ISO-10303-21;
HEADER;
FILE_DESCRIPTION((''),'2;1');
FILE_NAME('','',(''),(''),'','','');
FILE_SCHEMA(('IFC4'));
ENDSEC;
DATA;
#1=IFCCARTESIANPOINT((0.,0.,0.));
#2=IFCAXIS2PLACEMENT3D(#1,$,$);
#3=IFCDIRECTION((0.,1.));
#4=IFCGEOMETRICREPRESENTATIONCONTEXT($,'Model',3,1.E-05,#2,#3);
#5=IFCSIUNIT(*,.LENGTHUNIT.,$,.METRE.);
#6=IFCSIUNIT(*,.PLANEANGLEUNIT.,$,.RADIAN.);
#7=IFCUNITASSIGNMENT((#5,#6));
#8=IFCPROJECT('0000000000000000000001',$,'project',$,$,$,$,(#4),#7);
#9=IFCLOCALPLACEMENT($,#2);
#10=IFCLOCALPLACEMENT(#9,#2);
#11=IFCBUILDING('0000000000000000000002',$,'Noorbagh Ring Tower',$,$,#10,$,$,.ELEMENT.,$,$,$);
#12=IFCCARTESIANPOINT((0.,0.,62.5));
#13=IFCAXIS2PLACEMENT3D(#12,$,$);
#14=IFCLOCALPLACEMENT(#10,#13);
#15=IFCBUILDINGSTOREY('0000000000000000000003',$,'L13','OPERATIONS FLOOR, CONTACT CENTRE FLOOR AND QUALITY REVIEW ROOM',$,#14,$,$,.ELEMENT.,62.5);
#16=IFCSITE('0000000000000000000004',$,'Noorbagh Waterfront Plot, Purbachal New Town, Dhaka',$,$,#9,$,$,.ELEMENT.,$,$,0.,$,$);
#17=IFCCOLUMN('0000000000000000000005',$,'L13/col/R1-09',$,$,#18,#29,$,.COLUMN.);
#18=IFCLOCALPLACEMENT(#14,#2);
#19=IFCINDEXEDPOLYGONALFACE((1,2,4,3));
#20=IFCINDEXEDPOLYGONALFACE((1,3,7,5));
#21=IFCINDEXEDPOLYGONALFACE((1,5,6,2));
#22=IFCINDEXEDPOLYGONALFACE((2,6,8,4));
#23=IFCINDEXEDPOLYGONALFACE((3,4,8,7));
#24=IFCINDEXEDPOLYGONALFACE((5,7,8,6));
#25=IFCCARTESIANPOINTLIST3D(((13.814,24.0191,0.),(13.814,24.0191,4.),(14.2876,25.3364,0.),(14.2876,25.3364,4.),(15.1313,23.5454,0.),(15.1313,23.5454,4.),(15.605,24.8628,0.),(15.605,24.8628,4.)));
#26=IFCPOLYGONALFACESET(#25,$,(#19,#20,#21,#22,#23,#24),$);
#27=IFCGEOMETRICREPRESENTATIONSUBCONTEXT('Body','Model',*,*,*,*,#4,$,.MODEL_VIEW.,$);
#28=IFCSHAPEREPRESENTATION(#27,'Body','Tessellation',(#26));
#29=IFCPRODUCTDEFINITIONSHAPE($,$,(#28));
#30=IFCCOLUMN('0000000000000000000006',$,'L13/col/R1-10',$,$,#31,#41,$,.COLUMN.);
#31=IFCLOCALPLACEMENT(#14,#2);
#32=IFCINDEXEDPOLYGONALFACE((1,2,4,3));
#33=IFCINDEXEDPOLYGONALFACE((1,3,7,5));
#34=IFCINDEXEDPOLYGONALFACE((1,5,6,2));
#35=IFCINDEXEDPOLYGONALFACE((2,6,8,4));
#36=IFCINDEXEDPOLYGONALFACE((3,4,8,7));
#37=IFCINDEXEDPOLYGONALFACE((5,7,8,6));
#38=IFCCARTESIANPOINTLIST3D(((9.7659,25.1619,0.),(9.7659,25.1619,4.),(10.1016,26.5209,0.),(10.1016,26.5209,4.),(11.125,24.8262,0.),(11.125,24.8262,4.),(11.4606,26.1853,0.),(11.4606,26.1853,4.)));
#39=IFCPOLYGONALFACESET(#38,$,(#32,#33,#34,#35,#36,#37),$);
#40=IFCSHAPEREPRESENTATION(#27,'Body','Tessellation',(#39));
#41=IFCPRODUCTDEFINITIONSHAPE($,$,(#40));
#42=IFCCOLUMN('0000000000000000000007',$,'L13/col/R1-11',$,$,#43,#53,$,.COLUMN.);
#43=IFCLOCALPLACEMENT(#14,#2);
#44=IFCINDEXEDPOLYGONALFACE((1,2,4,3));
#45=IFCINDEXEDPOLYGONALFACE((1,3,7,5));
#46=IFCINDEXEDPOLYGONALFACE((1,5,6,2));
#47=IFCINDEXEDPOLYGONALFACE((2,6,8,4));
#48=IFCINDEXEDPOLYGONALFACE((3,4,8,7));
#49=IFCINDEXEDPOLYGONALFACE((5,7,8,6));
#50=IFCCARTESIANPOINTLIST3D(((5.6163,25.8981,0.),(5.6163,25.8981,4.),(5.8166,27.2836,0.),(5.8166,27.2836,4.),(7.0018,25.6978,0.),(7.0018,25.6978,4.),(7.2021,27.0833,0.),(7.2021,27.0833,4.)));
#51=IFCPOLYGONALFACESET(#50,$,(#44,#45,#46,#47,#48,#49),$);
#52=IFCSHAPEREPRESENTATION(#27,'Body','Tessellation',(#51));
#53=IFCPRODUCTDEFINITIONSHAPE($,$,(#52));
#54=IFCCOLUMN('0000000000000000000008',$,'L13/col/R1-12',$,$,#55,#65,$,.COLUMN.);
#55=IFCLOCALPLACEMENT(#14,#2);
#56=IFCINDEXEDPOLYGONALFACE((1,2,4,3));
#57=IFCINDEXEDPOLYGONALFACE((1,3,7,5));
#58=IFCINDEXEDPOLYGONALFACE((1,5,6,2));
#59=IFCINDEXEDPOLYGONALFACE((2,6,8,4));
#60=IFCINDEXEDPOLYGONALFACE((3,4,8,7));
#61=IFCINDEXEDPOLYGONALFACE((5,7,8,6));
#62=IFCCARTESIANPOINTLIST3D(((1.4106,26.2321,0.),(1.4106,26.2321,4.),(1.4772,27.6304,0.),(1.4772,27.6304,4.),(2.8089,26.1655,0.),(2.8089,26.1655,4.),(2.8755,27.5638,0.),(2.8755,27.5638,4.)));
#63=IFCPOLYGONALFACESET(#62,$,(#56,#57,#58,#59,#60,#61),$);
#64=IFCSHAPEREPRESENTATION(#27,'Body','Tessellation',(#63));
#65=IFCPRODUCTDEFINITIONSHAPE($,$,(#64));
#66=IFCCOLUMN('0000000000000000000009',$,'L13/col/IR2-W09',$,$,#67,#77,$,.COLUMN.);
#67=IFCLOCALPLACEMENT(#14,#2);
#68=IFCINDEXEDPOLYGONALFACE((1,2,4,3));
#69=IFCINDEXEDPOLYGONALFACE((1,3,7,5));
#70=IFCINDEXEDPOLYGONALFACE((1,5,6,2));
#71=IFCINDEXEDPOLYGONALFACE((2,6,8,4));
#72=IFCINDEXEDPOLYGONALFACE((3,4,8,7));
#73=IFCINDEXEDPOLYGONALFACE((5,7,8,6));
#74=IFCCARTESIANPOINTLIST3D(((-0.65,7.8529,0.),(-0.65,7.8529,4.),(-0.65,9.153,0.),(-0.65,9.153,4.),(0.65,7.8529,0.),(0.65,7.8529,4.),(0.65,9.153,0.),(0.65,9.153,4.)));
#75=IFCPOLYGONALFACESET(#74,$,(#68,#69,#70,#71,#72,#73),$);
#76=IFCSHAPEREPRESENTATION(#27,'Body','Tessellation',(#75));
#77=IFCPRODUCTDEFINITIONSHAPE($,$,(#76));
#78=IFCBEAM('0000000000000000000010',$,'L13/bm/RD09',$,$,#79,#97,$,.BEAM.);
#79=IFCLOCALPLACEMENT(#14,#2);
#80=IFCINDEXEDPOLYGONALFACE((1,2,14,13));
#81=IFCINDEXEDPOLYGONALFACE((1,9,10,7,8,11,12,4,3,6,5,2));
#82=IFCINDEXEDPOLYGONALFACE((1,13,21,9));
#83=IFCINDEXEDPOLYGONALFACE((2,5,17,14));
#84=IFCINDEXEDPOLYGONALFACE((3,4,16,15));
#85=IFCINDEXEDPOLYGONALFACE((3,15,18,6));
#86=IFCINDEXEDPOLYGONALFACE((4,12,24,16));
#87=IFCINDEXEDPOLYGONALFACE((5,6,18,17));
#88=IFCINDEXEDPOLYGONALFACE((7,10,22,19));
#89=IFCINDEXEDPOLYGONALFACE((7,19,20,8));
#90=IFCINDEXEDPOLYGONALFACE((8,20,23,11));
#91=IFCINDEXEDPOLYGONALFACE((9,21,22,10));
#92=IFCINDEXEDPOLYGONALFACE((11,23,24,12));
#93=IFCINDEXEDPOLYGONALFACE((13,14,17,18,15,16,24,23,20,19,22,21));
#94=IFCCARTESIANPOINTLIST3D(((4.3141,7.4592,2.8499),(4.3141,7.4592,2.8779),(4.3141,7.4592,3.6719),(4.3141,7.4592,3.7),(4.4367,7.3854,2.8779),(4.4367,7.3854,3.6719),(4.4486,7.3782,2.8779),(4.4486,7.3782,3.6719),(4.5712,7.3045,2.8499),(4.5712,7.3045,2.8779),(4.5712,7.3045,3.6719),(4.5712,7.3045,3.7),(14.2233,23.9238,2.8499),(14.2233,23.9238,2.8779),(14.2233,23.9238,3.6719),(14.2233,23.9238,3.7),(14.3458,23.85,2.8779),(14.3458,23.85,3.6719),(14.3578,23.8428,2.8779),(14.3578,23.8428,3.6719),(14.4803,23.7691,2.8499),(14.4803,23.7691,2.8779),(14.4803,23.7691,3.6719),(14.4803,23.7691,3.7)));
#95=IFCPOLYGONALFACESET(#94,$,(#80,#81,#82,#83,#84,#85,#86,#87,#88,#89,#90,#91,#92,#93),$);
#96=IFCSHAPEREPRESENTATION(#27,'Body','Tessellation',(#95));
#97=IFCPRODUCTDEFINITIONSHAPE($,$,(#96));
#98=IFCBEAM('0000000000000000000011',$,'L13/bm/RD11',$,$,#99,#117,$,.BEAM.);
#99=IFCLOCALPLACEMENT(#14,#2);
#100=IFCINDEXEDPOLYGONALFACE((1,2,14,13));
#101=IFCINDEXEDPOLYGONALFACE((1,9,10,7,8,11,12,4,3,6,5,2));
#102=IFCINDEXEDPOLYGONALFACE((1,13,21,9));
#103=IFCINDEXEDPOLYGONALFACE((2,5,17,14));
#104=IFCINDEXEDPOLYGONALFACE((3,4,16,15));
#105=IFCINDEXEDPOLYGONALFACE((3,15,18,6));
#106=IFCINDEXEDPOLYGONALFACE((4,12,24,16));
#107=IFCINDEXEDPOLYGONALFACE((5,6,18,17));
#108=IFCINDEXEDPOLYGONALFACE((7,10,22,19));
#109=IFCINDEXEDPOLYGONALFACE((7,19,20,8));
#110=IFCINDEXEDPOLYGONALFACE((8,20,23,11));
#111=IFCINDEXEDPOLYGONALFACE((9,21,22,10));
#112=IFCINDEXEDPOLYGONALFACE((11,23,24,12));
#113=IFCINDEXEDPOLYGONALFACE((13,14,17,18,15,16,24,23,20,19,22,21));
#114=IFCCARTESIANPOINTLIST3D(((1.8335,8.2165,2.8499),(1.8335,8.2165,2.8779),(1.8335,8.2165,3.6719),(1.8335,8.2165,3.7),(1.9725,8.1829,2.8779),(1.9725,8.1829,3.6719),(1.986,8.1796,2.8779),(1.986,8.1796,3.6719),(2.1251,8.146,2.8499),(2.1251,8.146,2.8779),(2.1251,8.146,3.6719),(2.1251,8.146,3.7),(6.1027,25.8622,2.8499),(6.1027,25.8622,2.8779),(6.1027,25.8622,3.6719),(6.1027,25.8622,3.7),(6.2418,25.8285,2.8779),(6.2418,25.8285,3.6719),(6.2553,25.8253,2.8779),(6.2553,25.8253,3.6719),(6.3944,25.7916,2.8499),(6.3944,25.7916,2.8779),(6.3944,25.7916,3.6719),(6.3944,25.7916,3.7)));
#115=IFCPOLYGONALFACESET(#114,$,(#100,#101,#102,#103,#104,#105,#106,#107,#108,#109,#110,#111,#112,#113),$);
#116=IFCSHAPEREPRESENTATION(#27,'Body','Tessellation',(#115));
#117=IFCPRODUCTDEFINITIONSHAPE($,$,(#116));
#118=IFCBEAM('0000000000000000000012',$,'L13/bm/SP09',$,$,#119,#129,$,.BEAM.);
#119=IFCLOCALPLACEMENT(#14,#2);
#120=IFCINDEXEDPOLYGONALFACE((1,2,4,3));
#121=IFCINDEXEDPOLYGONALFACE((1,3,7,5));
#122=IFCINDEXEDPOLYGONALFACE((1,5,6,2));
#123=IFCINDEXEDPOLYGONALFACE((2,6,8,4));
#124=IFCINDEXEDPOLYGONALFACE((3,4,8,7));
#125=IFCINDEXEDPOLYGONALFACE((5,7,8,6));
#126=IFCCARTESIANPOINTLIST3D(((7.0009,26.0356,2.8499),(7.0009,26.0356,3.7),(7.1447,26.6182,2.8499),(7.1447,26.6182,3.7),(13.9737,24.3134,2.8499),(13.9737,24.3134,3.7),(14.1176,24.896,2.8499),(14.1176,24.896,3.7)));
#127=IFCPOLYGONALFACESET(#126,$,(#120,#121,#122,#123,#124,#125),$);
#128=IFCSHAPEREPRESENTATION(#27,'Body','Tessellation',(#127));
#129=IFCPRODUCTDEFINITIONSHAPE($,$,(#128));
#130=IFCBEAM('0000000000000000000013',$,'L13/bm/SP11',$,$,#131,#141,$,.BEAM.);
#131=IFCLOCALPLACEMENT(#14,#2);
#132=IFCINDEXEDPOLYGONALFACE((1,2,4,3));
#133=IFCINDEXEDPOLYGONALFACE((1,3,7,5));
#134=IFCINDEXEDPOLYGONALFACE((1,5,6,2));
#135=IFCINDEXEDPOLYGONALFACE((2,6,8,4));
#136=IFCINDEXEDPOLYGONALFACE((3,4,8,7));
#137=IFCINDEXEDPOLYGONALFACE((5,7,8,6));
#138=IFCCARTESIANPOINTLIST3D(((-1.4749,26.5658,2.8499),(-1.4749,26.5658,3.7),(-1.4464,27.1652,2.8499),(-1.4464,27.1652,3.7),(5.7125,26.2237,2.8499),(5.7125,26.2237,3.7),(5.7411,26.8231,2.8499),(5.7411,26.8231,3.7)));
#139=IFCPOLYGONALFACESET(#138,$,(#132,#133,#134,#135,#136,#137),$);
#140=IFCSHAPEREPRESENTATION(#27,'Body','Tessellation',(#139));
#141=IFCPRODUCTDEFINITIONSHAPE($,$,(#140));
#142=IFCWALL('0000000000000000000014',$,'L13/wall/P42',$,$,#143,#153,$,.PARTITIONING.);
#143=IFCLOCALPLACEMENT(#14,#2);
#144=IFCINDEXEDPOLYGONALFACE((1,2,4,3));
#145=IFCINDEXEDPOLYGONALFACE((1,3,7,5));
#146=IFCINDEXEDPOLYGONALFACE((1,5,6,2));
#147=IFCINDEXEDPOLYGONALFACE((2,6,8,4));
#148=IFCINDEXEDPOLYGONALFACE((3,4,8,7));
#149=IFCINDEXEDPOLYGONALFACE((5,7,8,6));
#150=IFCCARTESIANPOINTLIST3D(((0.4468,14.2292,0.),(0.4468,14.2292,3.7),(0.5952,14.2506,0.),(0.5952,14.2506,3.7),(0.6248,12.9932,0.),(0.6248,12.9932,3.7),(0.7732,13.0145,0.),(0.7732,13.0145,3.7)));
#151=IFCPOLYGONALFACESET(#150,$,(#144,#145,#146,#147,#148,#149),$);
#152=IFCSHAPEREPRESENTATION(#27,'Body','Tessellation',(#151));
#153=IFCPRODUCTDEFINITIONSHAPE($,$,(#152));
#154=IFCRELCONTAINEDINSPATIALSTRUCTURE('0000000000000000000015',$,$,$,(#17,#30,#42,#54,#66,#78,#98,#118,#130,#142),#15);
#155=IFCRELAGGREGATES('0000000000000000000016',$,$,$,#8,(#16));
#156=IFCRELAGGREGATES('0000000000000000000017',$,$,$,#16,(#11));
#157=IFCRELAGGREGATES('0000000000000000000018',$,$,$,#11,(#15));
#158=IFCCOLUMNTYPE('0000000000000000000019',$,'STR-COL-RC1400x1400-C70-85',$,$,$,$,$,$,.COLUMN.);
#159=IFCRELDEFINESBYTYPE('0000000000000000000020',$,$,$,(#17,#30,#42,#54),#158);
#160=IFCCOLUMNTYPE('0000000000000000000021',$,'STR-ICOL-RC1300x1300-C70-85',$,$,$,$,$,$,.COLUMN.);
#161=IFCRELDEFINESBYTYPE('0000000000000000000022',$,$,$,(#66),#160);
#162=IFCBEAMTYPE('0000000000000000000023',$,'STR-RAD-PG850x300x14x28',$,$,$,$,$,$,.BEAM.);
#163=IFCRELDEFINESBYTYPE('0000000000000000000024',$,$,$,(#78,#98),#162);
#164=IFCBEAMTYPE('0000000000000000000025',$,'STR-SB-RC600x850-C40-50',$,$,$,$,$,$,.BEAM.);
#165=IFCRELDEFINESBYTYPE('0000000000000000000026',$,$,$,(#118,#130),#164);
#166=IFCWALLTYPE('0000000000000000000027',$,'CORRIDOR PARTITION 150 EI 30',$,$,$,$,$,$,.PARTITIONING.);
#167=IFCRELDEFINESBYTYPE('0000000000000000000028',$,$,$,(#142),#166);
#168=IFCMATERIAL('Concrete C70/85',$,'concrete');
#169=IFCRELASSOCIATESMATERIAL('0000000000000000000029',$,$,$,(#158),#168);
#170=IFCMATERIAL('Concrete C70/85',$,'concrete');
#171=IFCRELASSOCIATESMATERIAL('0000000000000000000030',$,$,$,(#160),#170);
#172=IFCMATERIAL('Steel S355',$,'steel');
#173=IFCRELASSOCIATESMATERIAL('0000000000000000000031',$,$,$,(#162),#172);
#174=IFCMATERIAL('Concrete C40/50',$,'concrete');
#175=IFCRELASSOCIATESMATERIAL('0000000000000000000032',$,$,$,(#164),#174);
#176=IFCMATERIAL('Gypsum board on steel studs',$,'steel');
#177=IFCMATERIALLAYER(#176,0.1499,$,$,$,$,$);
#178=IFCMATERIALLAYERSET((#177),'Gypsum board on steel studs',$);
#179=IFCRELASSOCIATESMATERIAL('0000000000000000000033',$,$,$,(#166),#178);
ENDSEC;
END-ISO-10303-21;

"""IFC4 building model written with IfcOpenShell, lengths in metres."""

from ifc_helpers import new_model, si_unit, direction, frame, frame_2d, origin, origin_2d, place, context, subcontext, project, spatial, rectangle, i_section, extrude, material, layer, layer_set, material_profile, profile_set, type_object, element, save


model = new_model("IFC4")

# Units and contexts
model_context = context("Model", 3, precision=1e-05, world=origin(), true_north=direction((0.0, 1.0)))
body_context = subcontext(model_context, "Body", "Model", "MODEL_VIEW")
ifc_project = project(units=[si_unit("LENGTHUNIT", "METRE"), si_unit("PLANEANGLEUNIT", "RADIAN")], contexts=[model_context])

# Site, building, storey
site_placement = place(None, origin())
site = spatial("IfcSite", under=ifc_project, at=site_placement, Name="Noorbagh Waterfront Plot, Purbachal New Town, Dhaka", CompositionType="ELEMENT", RefElevation=0.0)
building_placement = place(site_placement, origin())
building = spatial("IfcBuilding", under=site, at=building_placement, Name="Noorbagh Ring Tower", CompositionType="ELEMENT")
storey_placement = place(building_placement, frame((0.0, 0.0, 62.5)))
storey = spatial("IfcBuildingStorey", under=building, at=storey_placement, Name="L13", Description="OPERATIONS FLOOR, CONTACT CENTRE FLOOR AND QUALITY REVIEW ROOM", CompositionType="ELEMENT", Elevation=62.5)

# Columns
ifc_material_1 = material(Name="Concrete C70/85", Category="concrete")
ifc_material_profile_1 = material_profile(ifc_material_1, rectangle(XDim=1.3999, YDim=1.3999, at=origin_2d()), Name="RC1400x1400")
ifc_profile_set_1 = profile_set([ifc_material_profile_1], Name="Concrete C70/85")
column_type_1 = type_object("IfcColumnType", Name="STR-COL-RC1400x1400-C70-85", PredefinedType="COLUMN", material=ifc_profile_set_1)
for number, where, z_axis, x_axis, name in (
    (1, (14.7095, 24.4409, 0.0), (0.0, 0.0, 1.0), (-0.941025, 0.338338, 0.0), "L13/col/R1-09"),
    (2, (10.6133, 25.6736, 0.0), (0.0, 0.0, 1.0), (-0.970829, 0.239771, 0.0), "L13/col/R1-10"),
    (3, (6.4092, 26.4907, 0.0), (0.0, 0.0, 1.0), (-0.989713, 0.143066, 0.0), "L13/col/R1-11"),
    (4, (2.1431, 26.8979, 0.0), (0.0, 0.0, 1.0), (-0.998869, 0.047553, 0.0), "L13/col/R1-12"),
):
    element("IfcColumn", number, at=place(storey_placement, frame(where, z_axis=z_axis, x_axis=x_axis)), inside=storey, type_object=column_type_1, Name=name, PredefinedType="COLUMN", context=body_context, shape_type="SweptSolid", body=[
        extrude(rectangle(XDim=1.3999, YDim=1.3999, at=origin_2d()), origin(), (0.0, 0.0, 1.0), 4.0),
    ])
ifc_material_2 = material(Name="Concrete C70/85", Category="concrete")
ifc_material_profile_2 = material_profile(ifc_material_2, rectangle(XDim=1.3, YDim=1.3, at=origin_2d()), Name="RC1300x1300")
ifc_profile_set_2 = profile_set([ifc_material_profile_2], Name="Concrete C70/85")
column_type_2 = type_object("IfcColumnType", Name="STR-ICOL-RC1300x1300-C70-85", PredefinedType="COLUMN", material=ifc_profile_set_2)
column_placement = place(storey_placement, frame((0.0, 8.5029, 0.0), z_axis=(0.0, 0.0, 1.0), x_axis=(-1.0, 0.0, 0.0)))
element("IfcColumn", 5, at=column_placement, inside=storey, type_object=column_type_2, Name="L13/col/IR2-W09", PredefinedType="COLUMN", context=body_context, shape_type="SweptSolid", body=[
    extrude(rectangle(XDim=1.3, YDim=1.3, at=origin_2d()), origin(), (0.0, 0.0, 1.0), 4.0),
])

# Beams
ifc_material_3 = material(Name="Steel S355", Category="steel")
ifc_material_profile_3 = material_profile(ifc_material_3, i_section(OverallWidth=0.3, OverallDepth=0.8501, WebThickness=0.0139, FlangeThickness=0.0281, at=origin_2d()), Name="PG850x300x14x28")
ifc_profile_set_3 = profile_set([ifc_material_profile_3], Name="Steel S355")
beam_type_1 = type_object("IfcBeamType", Name="STR-RAD-PG850x300x14x28", PredefinedType="BEAM", material=ifc_profile_set_3)
beam_1_placement = place(storey_placement, frame((14.3518, 23.8464, 3.2749), z_axis=(-0.515659, -0.856794, 0.0), x_axis=(0.856794, -0.515659, 0.0)))
element("IfcBeam", 6, at=beam_1_placement, inside=storey, type_object=beam_type_1, Name="L13/bm/RD09", PredefinedType="BEAM", context=body_context, shape_type="SweptSolid", body=[
    extrude(i_section(OverallWidth=0.3, OverallDepth=0.8501, WebThickness=0.0139, FlangeThickness=0.0281, at=origin_2d()), origin(), (0.0, 0.0, 1.0), 19.2166),
])
beam_2_placement = place(storey_placement, frame((6.2485, 25.8269, 3.2749), z_axis=(-0.235159, -0.971957, 0.0), x_axis=(0.971957, -0.235159, 0.0)))
element("IfcBeam", 7, at=beam_2_placement, inside=storey, type_object=beam_type_1, Name="L13/bm/RD11", PredefinedType="BEAM", context=body_context, shape_type="SweptSolid", body=[
    extrude(i_section(OverallWidth=0.3, OverallDepth=0.8501, WebThickness=0.0139, FlangeThickness=0.0281, at=origin_2d()), origin(), (0.0, 0.0, 1.0), 18.1548),
])
ifc_material_4 = material(Name="Concrete C40/50", Category="concrete")
ifc_material_profile_4 = material_profile(ifc_material_4, rectangle(XDim=0.6001, YDim=0.8501, at=origin_2d()), Name="RC600x850")
ifc_profile_set_4 = profile_set([ifc_material_profile_4], Name="Concrete C40/50")
beam_type_2 = type_object("IfcBeamType", Name="STR-SB-RC600x850-C40-50", PredefinedType="BEAM", material=ifc_profile_set_4)
beam_3_placement = place(storey_placement, frame((14.0457, 24.6047, 3.2749), z_axis=(-0.970828, 0.239775, 0.0), x_axis=(-0.239775, -0.970828, 0.0)))
element("IfcBeam", 8, at=beam_3_placement, inside=storey, type_object=beam_type_2, Name="L13/bm/SP09", PredefinedType="BEAM", context=body_context, shape_type="SweptSolid", body=[
    extrude(rectangle(XDim=0.6001, YDim=0.8501, at=origin_2d()), origin(), (0.0, 0.0, 1.0), 7.1824),
])
beam_4_placement = place(storey_placement, frame((5.7268, 26.5234, 3.2749), z_axis=(-0.99887, 0.047535, 0.0), x_axis=(-0.047535, -0.99887, 0.0)))
element("IfcBeam", 9, at=beam_4_placement, inside=storey, type_object=beam_type_2, Name="L13/bm/SP11", PredefinedType="BEAM", context=body_context, shape_type="SweptSolid", body=[
    extrude(rectangle(XDim=0.6001, YDim=0.8501, at=origin_2d()), origin(), (0.0, 0.0, 1.0), 7.1956),
])

# Wall
ifc_material_5 = material(Name="Gypsum board on steel studs", Category="steel")
ifc_layer_1 = layer(ifc_material_5, 0.1499)
ifc_layer_set_1 = layer_set([ifc_layer_1], Name="Gypsum board on steel studs")
wall_type_1 = type_object("IfcWallType", Name="CORRIDOR PARTITION 150 EI 30", PredefinedType="PARTITIONING", material=ifc_layer_set_1)
wall_1_placement = place(storey_placement, frame((0.521, 14.24, 0.0), z_axis=(0.0, 0.0, 1.0), x_axis=(0.142516, -0.989792, 0.0)))
element("IfcWall", 10, at=wall_1_placement, inside=storey, type_object=wall_type_1, Name="L13/wall/P42", PredefinedType="PARTITIONING", context=body_context, shape_type="SweptSolid", body=[
    extrude(rectangle(XDim=1.2488, YDim=0.1499, at=frame_2d((0.6245, 0.0))), origin(), (0.0, 0.0, 1.0), 3.7),
])

save(model, "model.ifc")
